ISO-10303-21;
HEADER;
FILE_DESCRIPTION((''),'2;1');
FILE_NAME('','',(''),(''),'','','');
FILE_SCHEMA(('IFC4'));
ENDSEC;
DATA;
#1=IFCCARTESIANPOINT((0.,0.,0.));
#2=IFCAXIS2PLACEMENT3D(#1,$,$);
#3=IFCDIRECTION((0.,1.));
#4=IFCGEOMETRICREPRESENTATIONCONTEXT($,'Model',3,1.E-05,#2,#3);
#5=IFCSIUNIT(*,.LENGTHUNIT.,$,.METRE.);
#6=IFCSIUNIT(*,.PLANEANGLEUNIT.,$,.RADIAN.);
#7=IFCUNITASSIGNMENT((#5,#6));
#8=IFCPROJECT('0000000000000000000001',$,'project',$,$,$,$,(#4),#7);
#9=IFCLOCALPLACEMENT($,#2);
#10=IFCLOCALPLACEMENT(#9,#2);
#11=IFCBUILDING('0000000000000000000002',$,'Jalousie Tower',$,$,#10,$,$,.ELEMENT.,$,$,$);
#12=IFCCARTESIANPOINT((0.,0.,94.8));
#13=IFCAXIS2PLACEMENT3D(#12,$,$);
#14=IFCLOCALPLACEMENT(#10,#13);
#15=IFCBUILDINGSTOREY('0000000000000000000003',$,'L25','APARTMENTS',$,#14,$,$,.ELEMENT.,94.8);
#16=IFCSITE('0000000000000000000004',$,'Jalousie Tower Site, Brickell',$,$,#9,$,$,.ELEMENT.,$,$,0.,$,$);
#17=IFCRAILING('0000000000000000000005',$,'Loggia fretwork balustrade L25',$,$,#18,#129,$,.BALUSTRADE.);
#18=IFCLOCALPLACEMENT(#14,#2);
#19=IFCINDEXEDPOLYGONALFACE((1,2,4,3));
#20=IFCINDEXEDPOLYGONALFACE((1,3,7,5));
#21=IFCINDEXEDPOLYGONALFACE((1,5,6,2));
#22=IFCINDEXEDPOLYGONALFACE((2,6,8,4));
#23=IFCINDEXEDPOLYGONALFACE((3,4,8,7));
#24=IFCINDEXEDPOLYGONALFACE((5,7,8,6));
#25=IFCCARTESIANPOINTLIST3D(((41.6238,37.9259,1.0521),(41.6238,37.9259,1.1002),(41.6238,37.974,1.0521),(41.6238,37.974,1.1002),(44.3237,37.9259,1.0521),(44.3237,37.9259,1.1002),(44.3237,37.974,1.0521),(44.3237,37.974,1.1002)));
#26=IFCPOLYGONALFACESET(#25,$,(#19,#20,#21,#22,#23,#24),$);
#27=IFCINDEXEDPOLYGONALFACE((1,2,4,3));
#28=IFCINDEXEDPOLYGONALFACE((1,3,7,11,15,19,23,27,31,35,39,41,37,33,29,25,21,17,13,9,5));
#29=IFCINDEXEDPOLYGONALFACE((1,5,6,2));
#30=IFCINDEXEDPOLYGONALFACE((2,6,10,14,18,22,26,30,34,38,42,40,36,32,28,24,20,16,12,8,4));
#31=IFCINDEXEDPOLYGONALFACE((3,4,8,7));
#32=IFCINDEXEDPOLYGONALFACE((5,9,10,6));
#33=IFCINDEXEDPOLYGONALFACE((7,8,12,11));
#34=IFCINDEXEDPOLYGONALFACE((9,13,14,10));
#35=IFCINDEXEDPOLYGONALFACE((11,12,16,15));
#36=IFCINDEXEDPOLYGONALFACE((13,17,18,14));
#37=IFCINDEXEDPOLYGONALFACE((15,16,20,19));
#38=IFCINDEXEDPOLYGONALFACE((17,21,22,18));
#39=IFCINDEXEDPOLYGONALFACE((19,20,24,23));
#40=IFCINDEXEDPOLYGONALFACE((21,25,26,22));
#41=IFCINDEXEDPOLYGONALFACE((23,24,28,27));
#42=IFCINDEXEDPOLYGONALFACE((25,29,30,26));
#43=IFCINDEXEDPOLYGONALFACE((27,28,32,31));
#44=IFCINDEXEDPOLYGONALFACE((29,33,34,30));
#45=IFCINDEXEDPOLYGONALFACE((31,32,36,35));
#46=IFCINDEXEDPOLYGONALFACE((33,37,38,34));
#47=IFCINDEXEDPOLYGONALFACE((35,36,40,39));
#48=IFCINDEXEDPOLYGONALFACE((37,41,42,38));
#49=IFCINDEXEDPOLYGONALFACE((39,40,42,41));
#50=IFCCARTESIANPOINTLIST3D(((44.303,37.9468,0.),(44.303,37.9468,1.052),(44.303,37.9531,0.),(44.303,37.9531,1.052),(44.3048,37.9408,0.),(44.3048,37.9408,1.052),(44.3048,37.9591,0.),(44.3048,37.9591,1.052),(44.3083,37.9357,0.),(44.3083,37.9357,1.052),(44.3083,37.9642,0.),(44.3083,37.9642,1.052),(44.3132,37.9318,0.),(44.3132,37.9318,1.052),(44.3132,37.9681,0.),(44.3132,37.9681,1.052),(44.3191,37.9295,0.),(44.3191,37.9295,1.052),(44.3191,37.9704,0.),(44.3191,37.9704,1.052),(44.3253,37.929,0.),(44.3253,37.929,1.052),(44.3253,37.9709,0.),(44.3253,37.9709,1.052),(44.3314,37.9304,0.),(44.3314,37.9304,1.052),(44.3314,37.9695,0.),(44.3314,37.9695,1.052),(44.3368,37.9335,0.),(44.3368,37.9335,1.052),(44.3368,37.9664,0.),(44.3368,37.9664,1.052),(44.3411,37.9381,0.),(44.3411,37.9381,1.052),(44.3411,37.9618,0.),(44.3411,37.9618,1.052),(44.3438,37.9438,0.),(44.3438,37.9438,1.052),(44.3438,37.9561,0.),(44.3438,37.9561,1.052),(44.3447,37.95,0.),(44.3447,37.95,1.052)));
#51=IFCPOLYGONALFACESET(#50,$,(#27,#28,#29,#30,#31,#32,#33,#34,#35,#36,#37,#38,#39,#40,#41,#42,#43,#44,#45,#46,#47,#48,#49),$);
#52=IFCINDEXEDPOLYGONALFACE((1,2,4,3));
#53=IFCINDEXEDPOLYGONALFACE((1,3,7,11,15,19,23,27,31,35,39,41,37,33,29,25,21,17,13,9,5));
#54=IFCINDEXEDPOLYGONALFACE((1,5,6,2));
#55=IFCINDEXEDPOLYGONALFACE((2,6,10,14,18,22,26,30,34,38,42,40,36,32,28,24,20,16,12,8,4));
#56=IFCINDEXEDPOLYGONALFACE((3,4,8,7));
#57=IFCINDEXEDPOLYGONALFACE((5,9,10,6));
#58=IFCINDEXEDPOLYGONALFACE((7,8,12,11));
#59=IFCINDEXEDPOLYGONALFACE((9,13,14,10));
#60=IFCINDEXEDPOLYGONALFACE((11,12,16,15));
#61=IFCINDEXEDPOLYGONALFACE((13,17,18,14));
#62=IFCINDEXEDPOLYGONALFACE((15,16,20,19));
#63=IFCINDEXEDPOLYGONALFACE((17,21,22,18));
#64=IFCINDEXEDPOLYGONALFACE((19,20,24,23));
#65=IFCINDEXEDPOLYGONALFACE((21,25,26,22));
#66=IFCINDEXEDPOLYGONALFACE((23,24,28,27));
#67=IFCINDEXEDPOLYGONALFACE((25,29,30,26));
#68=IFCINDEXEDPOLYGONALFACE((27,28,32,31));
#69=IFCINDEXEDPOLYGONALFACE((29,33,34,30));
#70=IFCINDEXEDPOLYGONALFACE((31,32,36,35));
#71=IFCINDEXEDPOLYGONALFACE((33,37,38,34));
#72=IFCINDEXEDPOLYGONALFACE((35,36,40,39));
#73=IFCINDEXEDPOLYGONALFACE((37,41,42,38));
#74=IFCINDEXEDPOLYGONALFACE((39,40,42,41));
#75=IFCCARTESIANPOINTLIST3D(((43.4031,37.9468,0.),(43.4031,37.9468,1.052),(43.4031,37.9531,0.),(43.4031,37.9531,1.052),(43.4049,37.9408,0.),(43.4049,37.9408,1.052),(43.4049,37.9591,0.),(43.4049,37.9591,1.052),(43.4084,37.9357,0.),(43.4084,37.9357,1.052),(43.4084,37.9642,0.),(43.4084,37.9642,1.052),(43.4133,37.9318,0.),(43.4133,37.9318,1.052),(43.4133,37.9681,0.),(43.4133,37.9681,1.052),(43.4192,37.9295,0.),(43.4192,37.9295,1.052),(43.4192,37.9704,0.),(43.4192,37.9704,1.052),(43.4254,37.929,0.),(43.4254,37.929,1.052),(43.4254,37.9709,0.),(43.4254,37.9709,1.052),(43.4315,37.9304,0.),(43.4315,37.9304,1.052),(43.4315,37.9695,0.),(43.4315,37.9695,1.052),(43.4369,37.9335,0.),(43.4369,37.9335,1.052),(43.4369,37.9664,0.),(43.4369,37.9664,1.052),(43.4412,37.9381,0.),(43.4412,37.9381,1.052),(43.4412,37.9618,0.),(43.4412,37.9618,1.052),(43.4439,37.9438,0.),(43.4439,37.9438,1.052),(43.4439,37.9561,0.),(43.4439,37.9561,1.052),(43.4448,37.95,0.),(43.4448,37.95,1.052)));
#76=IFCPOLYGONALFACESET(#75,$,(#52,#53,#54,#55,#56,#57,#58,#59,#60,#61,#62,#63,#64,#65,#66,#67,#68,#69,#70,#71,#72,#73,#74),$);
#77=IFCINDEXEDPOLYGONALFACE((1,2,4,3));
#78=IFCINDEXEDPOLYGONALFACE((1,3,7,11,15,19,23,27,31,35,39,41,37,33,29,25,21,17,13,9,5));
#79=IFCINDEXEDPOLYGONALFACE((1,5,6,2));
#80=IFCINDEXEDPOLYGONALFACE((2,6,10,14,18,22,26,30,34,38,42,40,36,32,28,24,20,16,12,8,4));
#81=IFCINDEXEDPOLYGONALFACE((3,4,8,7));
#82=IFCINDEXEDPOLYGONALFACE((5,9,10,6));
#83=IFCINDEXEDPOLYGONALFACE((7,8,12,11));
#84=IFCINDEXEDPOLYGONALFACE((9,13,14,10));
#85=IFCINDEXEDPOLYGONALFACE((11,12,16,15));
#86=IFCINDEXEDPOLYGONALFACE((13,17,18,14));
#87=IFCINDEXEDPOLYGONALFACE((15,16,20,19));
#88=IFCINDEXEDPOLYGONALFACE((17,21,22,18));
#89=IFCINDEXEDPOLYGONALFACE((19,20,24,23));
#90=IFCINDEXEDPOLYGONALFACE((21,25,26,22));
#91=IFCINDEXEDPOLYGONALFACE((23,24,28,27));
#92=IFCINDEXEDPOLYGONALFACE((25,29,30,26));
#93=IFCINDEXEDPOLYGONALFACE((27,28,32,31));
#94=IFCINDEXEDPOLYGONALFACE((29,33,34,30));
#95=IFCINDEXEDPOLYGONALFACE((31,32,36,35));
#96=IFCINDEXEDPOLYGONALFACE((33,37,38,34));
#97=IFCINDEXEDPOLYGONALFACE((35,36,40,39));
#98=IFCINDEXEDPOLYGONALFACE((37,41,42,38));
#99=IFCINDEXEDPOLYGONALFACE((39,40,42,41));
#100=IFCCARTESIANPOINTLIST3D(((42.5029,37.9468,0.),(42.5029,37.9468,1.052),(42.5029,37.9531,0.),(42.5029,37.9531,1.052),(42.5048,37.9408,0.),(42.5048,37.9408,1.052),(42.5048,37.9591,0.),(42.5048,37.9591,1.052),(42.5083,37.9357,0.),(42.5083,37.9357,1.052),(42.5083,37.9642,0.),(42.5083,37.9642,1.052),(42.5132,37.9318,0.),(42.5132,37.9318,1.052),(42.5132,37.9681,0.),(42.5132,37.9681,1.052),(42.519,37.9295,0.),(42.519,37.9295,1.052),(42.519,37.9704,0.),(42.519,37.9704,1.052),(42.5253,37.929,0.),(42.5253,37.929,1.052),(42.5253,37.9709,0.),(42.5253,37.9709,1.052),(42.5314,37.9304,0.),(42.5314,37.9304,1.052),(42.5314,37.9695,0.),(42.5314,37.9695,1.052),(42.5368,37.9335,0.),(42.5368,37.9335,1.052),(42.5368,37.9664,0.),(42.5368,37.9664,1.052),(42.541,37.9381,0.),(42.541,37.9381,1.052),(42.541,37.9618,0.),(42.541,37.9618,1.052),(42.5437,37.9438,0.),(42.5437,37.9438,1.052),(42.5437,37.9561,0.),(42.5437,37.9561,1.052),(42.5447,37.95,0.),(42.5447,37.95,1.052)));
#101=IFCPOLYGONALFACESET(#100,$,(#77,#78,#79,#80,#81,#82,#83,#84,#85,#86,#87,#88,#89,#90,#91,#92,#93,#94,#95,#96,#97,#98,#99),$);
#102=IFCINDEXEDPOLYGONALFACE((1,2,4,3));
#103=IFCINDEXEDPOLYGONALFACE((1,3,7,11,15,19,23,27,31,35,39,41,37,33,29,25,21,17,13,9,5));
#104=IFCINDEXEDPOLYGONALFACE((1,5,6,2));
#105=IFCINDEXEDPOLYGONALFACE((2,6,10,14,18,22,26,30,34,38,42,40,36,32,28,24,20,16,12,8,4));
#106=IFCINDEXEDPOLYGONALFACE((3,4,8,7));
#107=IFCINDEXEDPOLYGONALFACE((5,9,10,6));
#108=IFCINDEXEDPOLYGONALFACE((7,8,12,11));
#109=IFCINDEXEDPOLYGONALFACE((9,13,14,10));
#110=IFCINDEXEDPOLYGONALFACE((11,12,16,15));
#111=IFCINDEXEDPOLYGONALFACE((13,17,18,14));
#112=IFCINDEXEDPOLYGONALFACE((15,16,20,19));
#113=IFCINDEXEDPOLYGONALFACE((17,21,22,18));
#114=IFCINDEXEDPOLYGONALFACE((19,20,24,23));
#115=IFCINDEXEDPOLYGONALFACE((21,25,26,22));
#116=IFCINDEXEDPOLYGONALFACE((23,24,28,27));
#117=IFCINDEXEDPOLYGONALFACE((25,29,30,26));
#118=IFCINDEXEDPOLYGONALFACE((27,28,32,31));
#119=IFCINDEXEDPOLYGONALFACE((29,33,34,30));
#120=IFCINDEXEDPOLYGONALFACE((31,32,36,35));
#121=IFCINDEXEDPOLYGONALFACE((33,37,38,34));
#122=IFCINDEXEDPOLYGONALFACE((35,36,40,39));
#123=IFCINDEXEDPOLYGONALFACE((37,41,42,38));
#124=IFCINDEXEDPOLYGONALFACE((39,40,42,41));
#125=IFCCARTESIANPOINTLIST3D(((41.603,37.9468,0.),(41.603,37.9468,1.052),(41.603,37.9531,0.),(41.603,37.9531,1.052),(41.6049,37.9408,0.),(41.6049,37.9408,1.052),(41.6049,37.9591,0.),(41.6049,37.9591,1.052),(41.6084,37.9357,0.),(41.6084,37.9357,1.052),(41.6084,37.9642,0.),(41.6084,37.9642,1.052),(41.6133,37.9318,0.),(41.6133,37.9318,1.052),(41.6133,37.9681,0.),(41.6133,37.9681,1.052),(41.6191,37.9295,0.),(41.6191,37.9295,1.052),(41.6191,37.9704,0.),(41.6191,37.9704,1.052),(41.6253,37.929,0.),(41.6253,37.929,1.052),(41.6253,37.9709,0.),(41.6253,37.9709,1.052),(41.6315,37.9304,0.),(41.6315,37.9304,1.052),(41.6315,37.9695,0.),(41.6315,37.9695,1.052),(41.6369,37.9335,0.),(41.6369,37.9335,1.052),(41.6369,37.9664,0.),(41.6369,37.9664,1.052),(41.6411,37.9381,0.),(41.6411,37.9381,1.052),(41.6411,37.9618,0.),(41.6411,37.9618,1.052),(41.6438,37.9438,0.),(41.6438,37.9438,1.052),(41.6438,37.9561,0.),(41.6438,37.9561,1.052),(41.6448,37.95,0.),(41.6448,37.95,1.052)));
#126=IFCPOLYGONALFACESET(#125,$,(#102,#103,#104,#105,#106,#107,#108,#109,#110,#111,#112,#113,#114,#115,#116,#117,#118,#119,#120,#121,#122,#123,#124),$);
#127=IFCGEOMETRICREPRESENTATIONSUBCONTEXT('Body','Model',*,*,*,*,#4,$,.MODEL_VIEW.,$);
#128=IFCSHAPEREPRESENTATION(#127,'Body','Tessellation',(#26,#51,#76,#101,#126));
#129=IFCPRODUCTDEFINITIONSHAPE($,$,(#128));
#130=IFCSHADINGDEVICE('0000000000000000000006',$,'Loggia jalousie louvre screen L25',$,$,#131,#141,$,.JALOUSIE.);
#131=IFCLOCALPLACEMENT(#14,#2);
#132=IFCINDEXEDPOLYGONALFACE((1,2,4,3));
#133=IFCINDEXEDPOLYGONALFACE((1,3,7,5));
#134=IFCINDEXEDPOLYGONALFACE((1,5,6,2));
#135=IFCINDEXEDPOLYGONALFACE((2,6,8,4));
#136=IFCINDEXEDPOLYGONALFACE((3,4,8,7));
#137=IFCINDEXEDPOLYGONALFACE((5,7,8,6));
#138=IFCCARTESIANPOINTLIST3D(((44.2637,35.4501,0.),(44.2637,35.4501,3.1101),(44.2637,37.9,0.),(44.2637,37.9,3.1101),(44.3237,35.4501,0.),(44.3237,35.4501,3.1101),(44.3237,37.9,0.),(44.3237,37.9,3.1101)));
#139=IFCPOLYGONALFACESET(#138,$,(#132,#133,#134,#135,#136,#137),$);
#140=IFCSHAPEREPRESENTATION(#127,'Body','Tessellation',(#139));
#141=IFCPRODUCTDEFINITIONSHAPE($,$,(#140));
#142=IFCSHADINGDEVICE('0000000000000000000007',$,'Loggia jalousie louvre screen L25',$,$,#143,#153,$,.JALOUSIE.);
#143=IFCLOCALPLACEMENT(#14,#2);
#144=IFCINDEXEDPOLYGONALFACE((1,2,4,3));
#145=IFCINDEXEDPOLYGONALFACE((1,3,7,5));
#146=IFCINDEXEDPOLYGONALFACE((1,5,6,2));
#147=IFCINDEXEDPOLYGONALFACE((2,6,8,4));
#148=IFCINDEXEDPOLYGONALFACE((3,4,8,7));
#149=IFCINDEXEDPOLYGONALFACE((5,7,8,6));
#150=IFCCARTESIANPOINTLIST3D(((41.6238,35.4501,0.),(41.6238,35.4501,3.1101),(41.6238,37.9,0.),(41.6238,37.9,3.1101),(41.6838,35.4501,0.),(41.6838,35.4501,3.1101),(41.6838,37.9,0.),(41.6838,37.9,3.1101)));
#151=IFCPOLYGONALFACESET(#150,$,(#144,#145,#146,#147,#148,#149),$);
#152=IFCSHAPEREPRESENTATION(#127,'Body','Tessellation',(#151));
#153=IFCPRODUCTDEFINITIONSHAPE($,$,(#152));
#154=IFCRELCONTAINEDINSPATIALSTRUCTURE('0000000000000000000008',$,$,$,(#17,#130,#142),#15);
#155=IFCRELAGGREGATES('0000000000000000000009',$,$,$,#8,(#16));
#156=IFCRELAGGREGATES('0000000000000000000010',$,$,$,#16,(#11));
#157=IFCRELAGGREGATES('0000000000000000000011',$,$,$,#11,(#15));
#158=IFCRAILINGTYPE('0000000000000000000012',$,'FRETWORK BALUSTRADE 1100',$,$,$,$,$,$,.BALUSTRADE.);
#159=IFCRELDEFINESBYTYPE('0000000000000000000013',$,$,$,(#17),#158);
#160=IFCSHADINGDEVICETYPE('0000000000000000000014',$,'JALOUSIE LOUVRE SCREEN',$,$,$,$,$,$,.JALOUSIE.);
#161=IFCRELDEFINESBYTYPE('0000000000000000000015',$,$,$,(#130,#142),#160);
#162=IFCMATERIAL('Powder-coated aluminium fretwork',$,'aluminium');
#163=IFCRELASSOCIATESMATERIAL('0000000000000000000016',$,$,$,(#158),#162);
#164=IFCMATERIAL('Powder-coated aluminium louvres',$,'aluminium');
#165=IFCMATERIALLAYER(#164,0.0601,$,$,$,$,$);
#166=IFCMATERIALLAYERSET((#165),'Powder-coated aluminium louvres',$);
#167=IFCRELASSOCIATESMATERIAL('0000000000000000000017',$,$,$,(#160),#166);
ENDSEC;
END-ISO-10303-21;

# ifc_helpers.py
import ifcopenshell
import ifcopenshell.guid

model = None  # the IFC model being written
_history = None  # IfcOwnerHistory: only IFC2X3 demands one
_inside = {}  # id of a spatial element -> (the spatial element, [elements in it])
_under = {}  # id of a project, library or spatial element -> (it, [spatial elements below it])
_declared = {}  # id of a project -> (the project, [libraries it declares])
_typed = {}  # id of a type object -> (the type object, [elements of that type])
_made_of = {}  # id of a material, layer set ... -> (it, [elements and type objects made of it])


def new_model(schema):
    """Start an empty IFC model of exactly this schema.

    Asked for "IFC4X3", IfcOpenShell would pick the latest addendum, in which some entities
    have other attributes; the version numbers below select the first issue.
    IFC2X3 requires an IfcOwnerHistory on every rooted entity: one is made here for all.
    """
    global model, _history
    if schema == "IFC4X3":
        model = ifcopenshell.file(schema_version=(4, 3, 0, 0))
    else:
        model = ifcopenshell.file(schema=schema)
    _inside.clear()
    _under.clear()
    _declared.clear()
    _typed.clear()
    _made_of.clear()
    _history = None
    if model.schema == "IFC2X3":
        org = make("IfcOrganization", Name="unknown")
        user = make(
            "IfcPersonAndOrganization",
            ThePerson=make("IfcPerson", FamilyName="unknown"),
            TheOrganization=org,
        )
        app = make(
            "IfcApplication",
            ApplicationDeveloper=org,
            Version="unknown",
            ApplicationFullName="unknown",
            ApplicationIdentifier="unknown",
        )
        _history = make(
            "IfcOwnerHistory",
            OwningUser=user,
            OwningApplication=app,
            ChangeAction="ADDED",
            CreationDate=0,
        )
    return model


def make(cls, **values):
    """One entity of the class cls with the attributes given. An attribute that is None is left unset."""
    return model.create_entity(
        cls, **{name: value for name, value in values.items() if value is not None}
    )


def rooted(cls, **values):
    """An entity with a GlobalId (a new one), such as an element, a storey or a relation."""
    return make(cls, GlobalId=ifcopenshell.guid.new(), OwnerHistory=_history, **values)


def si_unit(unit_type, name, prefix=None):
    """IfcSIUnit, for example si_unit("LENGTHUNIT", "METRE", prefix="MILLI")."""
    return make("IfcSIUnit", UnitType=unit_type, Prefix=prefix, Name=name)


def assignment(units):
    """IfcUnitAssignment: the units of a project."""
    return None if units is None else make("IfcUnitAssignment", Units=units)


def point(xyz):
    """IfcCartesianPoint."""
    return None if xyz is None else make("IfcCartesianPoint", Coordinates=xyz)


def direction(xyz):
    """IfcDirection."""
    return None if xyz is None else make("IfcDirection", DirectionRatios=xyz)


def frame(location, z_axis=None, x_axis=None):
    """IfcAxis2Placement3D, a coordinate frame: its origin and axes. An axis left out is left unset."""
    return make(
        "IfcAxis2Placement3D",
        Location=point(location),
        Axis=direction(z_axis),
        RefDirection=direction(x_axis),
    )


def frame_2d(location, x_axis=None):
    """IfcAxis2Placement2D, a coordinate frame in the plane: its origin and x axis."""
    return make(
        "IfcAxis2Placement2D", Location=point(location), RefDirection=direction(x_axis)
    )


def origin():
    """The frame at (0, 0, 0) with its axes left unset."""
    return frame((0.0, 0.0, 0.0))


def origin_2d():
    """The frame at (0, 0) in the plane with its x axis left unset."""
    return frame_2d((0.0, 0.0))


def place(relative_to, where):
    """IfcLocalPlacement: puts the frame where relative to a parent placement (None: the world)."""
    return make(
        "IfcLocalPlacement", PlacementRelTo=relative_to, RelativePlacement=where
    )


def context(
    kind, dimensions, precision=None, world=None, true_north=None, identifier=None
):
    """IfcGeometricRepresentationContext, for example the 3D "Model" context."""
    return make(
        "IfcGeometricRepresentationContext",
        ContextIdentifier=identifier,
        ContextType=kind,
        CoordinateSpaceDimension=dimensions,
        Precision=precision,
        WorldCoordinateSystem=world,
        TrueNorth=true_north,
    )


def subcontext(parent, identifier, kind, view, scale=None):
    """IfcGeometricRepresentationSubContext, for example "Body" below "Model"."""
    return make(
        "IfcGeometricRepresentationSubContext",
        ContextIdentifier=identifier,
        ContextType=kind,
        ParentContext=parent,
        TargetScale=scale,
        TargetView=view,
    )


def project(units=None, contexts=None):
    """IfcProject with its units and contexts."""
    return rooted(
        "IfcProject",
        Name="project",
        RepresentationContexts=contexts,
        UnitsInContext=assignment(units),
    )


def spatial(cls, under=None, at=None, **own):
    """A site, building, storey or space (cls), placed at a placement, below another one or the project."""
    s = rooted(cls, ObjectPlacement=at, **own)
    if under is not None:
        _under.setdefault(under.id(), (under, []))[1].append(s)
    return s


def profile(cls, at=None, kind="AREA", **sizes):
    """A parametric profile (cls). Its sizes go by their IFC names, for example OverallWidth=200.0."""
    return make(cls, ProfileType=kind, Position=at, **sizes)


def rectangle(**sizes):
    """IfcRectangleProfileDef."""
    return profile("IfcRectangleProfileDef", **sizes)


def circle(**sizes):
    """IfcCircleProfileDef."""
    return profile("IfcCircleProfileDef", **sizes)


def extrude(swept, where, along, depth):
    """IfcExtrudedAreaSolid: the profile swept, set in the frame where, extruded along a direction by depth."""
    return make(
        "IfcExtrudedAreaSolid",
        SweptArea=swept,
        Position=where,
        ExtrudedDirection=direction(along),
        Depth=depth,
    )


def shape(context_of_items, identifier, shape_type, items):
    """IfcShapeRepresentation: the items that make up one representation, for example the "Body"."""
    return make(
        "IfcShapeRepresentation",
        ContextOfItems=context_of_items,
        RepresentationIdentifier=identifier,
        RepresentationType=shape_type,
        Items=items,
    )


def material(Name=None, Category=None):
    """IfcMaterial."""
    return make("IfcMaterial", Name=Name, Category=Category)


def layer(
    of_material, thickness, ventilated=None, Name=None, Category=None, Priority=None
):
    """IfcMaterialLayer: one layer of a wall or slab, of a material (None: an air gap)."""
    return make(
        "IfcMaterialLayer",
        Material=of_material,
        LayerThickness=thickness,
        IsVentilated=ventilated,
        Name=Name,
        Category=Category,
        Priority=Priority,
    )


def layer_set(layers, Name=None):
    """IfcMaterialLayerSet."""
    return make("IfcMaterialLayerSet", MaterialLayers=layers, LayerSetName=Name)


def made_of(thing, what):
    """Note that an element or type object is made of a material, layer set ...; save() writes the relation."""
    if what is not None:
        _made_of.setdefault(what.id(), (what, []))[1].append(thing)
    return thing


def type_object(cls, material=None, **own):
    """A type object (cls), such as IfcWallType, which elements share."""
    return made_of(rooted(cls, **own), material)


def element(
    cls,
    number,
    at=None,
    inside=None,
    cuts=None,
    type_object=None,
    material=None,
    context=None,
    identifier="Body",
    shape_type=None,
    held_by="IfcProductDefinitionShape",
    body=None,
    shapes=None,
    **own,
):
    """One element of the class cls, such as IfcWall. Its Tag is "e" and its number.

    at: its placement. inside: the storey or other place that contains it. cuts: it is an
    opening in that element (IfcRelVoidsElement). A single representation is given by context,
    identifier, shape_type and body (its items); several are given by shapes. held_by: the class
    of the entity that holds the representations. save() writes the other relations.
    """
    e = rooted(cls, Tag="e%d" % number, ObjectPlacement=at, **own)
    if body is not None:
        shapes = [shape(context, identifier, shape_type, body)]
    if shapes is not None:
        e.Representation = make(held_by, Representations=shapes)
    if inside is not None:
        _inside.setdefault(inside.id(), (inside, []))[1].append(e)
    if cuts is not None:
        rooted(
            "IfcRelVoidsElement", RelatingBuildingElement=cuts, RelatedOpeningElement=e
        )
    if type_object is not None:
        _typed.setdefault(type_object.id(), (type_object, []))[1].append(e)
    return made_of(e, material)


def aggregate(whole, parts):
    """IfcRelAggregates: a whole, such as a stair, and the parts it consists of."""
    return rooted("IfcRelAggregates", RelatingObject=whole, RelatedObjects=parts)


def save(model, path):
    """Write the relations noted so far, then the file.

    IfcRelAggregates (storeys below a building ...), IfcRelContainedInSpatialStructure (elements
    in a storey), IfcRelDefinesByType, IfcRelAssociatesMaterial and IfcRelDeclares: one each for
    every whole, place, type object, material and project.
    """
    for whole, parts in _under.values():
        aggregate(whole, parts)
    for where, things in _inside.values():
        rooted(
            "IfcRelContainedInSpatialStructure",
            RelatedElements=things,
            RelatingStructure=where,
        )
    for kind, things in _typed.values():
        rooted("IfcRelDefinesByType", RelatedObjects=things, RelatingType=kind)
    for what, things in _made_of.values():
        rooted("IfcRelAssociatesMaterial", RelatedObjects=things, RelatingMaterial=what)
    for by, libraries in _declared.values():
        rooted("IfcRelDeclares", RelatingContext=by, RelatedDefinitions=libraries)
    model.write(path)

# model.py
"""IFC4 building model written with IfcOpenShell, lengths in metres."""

from ifc_helpers import new_model, si_unit, direction, frame, origin, origin_2d, place, context, subcontext, project, spatial, rectangle, circle, extrude, material, layer, layer_set, type_object, element, save


model = new_model("IFC4")

# Units and contexts
model_context = context("Model", 3, precision=1e-05, world=origin(), true_north=direction((0.0, 1.0)))
body_context = subcontext(model_context, "Body", "Model", "MODEL_VIEW")
ifc_project = project(units=[si_unit("LENGTHUNIT", "METRE"), si_unit("PLANEANGLEUNIT", "RADIAN")], contexts=[model_context])

# Site, building, storey
site_placement = place(None, origin())
site = spatial("IfcSite", under=ifc_project, at=site_placement, Name="Jalousie Tower Site, Brickell", CompositionType="ELEMENT", RefElevation=0.0)
building_placement = place(site_placement, origin())
building = spatial("IfcBuilding", under=site, at=building_placement, Name="Jalousie Tower", CompositionType="ELEMENT")
storey_placement = place(building_placement, frame((0.0, 0.0, 94.8)))
storey = spatial("IfcBuildingStorey", under=building, at=storey_placement, Name="L25", Description="APARTMENTS", CompositionType="ELEMENT", Elevation=94.8)

# Railing
ifc_material_1 = material(Name="Powder-coated aluminium fretwork", Category="aluminium")
railing_type = type_object("IfcRailingType", Name="FRETWORK BALUSTRADE 1100", PredefinedType="BALUSTRADE", material=ifc_material_1)
railing_placement = place(storey_placement, frame((44.3237, 37.95, 0.0)))
element("IfcRailing", 1, at=railing_placement, inside=storey, type_object=railing_type, Name="Loggia fretwork balustrade L25", PredefinedType="BALUSTRADE", context=body_context, shape_type="SweptSolid", body=[
    extrude(rectangle(XDim=0.0481, YDim=0.0481, at=origin_2d()), frame((0.0, 0.0, 1.0762), z_axis=(-1.0, 0.0, 0.0), x_axis=(0.0, -1.0, 0.0)), (0.0, 0.0, 1.0), 2.7),
    extrude(circle(Radius=0.021, at=origin_2d()), origin(), (0.0, 0.0, 1.0), 1.052),
    extrude(circle(Radius=0.021, at=origin_2d()), frame((-0.8999, 0.0, 0.0)), (0.0, 0.0, 1.0), 1.052),
    extrude(circle(Radius=0.021, at=origin_2d()), frame((-1.8, 0.0, 0.0)), (0.0, 0.0, 1.0), 1.052),
    extrude(circle(Radius=0.021, at=origin_2d()), frame((-2.7, 0.0, 0.0)), (0.0, 0.0, 1.0), 1.052),
])

# Shading devices
ifc_material_2 = material(Name="Powder-coated aluminium louvres", Category="aluminium")
ifc_layer_1 = layer(ifc_material_2, 0.0601)
ifc_layer_set_1 = layer_set([ifc_layer_1], Name="Powder-coated aluminium louvres")
shading_device_type_1 = type_object("IfcShadingDeviceType", Name="JALOUSIE LOUVRE SCREEN", PredefinedType="JALOUSIE", material=ifc_layer_set_1)
for number, where, z_axis, x_axis, name in (
    (2, (44.2937, 36.675, 0.0), (0.0, 0.0, 1.0), (-1.0, 0.0, 0.0), "Loggia jalousie louvre screen L25"),
    (3, (41.6538, 36.675, 0.0), (0.0, 0.0, 1.0), (-1.0, 0.0, 0.0), "Loggia jalousie louvre screen L25"),
):
    element("IfcShadingDevice", number, at=place(storey_placement, frame(where, z_axis=z_axis, x_axis=x_axis)), inside=storey, type_object=shading_device_type_1, Name=name, PredefinedType="JALOUSIE", context=body_context, shape_type="SweptSolid", body=[
        extrude(rectangle(XDim=0.0601, YDim=2.45, at=origin_2d()), origin(), (0.0, 0.0, 1.0), 3.1101),
    ])

save(model, "model.ifc")
